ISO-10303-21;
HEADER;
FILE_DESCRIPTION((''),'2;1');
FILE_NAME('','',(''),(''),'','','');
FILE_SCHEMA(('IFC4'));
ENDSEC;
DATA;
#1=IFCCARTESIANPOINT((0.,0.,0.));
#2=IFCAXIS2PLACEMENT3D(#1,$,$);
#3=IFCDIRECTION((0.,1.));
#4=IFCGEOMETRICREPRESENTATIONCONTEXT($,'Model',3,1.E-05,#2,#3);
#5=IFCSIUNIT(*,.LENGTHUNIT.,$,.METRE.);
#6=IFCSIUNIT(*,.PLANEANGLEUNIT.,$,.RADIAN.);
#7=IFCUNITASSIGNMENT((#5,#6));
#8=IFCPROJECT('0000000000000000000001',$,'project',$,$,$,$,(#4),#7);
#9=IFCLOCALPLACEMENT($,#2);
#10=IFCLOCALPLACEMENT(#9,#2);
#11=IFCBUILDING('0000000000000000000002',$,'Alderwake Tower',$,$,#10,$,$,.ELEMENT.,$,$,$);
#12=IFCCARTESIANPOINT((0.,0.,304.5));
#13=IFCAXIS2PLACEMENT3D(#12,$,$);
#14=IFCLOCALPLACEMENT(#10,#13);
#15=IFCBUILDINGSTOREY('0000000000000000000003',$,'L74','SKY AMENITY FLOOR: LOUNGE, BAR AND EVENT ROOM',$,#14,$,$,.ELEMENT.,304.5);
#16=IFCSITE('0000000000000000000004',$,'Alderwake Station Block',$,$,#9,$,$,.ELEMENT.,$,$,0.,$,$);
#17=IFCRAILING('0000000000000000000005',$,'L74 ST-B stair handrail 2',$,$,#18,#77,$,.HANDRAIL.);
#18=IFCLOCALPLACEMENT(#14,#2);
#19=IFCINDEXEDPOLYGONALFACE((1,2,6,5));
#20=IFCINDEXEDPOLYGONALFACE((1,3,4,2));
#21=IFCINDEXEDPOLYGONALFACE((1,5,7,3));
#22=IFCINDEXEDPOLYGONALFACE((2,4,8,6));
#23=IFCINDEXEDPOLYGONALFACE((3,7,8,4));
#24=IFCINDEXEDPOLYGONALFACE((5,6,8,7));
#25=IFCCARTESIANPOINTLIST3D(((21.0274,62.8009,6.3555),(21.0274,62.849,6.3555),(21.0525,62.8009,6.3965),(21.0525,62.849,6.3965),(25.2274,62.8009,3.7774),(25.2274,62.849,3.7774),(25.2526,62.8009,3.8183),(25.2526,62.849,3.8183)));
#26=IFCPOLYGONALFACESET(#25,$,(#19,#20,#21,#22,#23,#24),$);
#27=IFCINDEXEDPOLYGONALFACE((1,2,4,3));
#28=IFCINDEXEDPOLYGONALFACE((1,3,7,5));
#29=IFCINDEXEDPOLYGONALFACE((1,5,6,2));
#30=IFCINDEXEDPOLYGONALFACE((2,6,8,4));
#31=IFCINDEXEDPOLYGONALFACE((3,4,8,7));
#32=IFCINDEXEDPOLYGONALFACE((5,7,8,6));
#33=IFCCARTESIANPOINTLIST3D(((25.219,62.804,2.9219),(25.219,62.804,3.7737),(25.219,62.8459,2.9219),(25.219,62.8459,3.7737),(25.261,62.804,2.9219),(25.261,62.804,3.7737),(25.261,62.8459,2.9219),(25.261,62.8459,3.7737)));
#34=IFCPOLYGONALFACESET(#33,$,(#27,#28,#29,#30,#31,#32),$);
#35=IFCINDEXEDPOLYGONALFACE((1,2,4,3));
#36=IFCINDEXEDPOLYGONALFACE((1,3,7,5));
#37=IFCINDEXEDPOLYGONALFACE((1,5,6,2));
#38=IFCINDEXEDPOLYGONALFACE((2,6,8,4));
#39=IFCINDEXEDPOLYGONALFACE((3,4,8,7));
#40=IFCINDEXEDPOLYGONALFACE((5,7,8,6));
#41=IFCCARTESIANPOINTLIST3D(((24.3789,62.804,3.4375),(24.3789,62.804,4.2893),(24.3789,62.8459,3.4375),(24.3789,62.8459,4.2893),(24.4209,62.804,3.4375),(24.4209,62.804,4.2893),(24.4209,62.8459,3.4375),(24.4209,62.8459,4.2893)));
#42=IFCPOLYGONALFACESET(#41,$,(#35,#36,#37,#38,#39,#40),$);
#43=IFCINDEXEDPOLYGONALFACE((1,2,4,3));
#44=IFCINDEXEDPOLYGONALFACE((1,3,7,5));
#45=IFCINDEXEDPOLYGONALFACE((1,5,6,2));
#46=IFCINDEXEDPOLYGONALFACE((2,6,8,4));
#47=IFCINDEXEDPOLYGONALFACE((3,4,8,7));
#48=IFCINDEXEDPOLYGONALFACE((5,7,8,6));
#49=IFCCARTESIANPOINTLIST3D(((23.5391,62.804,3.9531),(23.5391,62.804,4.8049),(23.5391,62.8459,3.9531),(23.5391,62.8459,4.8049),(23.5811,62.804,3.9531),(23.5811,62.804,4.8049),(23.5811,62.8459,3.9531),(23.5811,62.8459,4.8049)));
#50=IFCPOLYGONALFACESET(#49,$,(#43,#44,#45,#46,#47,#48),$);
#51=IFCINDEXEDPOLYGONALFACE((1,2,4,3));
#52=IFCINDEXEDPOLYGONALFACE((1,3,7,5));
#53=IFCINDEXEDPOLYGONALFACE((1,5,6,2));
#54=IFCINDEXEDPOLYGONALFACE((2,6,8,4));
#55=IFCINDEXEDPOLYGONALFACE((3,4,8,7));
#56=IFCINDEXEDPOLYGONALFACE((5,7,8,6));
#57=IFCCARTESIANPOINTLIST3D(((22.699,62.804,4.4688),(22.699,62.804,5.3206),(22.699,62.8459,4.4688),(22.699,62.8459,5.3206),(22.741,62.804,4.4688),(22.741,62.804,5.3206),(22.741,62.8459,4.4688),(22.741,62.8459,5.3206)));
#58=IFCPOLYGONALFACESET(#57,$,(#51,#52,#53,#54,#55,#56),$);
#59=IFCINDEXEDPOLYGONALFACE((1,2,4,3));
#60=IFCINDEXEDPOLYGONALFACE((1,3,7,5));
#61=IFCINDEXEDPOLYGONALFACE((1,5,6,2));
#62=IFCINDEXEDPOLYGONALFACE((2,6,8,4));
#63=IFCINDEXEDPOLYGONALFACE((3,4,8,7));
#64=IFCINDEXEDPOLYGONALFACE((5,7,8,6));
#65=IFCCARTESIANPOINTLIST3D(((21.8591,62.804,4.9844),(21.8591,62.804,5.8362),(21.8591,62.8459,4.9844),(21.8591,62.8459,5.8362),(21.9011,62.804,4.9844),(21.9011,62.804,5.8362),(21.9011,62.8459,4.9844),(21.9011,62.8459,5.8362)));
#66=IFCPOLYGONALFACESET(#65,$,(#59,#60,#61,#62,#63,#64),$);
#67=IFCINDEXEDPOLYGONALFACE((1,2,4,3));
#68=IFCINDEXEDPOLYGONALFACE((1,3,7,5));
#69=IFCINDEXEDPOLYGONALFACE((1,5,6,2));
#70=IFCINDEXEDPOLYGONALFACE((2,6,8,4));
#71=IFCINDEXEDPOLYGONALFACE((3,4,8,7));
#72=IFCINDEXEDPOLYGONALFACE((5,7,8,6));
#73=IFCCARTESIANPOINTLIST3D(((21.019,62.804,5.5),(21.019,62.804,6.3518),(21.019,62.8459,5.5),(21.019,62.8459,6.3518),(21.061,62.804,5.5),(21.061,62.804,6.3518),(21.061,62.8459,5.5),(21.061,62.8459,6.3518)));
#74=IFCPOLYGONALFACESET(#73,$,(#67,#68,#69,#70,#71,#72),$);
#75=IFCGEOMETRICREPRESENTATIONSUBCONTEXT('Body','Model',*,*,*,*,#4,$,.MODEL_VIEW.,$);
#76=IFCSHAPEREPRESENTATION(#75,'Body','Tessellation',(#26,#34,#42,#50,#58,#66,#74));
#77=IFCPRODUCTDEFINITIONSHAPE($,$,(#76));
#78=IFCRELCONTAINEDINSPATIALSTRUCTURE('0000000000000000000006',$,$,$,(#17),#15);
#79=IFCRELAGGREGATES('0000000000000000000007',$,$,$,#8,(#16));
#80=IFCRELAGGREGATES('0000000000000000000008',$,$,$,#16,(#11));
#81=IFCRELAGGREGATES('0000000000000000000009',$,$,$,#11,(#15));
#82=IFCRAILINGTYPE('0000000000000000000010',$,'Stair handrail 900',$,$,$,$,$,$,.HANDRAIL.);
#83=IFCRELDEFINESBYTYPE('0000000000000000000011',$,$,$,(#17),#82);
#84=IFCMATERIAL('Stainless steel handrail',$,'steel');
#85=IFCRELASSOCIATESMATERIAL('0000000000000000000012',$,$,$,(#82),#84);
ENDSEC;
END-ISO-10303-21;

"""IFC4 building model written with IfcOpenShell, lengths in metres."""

from ifc_helpers import new_model, si_unit, direction, frame, origin, origin_2d, place, context, subcontext, project, spatial, rectangle, extrude, material, type_object, element, save


model = new_model("IFC4")

# Units and contexts
model_context = context("Model", 3, precision=1e-05, world=origin(), true_north=direction((0.0, 1.0)))
body_context = subcontext(model_context, "Body", "Model", "MODEL_VIEW")
ifc_project = project(units=[si_unit("LENGTHUNIT", "METRE"), si_unit("PLANEANGLEUNIT", "RADIAN")], contexts=[model_context])

# Site, building, storey
site_placement = place(None, origin())
site = spatial("IfcSite", under=ifc_project, at=site_placement, Name="Alderwake Station Block", CompositionType="ELEMENT", RefElevation=0.0)
building_placement = place(site_placement, origin())
building = spatial("IfcBuilding", under=site, at=building_placement, Name="Alderwake Tower", CompositionType="ELEMENT")
storey_placement = place(building_placement, frame((0.0, 0.0, 304.5)))
storey = spatial("IfcBuildingStorey", under=building, at=storey_placement, Name="L74", Description="SKY AMENITY FLOOR: LOUNGE, BAR AND EVENT ROOM", CompositionType="ELEMENT", Elevation=304.5)

# Railing
ifc_material_1 = material(Name="Stainless steel handrail", Category="steel")
railing_type = type_object("IfcRailingType", Name="Stair handrail 900", PredefinedType="HANDRAIL", material=ifc_material_1)
railing_placement = place(storey_placement, frame((25.24, 62.825, 2.9219)))
element("IfcRailing", 1, at=railing_placement, inside=storey, type_object=railing_type, Name="L74 ST-B stair handrail 2", PredefinedType="HANDRAIL", context=body_context, shape_type="SweptSolid", body=[
    extrude(rectangle(XDim=0.0481, YDim=0.0481, at=origin_2d()), frame((0.0, 0.0, 0.876), z_axis=(-0.852243, 0.0, 0.523146), x_axis=(0.0, -1.0, 0.0)), (0.0, 0.0, 1.0), 4.9282),
    extrude(rectangle(XDim=0.042, YDim=0.042, at=origin_2d()), frame((0.0, 0.0, 0.0), z_axis=(0.0, 0.0, 1.0), x_axis=(-1.0, 0.0, 0.0)), (0.0, 0.0, 1.0), 0.8518),
    extrude(rectangle(XDim=0.042, YDim=0.042, at=origin_2d()), frame((-0.8401, 0.0, 0.5156), z_axis=(0.0, 0.0, 1.0), x_axis=(-1.0, 0.0, 0.0)), (0.0, 0.0, 1.0), 0.8518),
    extrude(rectangle(XDim=0.042, YDim=0.042, at=origin_2d()), frame((-1.6799, 0.0, 1.0312), z_axis=(0.0, 0.0, 1.0), x_axis=(-1.0, 0.0, 0.0)), (0.0, 0.0, 1.0), 0.8518),
    extrude(rectangle(XDim=0.042, YDim=0.042, at=origin_2d()), frame((-2.52, 0.0, 1.5469), z_axis=(0.0, 0.0, 1.0), x_axis=(-1.0, 0.0, 0.0)), (0.0, 0.0, 1.0), 0.8518),
    extrude(rectangle(XDim=0.042, YDim=0.042, at=origin_2d()), frame((-3.3599, 0.0, 2.0625), z_axis=(0.0, 0.0, 1.0), x_axis=(-1.0, 0.0, 0.0)), (0.0, 0.0, 1.0), 0.8518),
    extrude(rectangle(XDim=0.042, YDim=0.042, at=origin_2d()), frame((-4.2, 0.0, 2.5781), z_axis=(0.0, 0.0, 1.0), x_axis=(-1.0, 0.0, 0.0)), (0.0, 0.0, 1.0), 0.8518),
])

save(model, "model.ifc")
